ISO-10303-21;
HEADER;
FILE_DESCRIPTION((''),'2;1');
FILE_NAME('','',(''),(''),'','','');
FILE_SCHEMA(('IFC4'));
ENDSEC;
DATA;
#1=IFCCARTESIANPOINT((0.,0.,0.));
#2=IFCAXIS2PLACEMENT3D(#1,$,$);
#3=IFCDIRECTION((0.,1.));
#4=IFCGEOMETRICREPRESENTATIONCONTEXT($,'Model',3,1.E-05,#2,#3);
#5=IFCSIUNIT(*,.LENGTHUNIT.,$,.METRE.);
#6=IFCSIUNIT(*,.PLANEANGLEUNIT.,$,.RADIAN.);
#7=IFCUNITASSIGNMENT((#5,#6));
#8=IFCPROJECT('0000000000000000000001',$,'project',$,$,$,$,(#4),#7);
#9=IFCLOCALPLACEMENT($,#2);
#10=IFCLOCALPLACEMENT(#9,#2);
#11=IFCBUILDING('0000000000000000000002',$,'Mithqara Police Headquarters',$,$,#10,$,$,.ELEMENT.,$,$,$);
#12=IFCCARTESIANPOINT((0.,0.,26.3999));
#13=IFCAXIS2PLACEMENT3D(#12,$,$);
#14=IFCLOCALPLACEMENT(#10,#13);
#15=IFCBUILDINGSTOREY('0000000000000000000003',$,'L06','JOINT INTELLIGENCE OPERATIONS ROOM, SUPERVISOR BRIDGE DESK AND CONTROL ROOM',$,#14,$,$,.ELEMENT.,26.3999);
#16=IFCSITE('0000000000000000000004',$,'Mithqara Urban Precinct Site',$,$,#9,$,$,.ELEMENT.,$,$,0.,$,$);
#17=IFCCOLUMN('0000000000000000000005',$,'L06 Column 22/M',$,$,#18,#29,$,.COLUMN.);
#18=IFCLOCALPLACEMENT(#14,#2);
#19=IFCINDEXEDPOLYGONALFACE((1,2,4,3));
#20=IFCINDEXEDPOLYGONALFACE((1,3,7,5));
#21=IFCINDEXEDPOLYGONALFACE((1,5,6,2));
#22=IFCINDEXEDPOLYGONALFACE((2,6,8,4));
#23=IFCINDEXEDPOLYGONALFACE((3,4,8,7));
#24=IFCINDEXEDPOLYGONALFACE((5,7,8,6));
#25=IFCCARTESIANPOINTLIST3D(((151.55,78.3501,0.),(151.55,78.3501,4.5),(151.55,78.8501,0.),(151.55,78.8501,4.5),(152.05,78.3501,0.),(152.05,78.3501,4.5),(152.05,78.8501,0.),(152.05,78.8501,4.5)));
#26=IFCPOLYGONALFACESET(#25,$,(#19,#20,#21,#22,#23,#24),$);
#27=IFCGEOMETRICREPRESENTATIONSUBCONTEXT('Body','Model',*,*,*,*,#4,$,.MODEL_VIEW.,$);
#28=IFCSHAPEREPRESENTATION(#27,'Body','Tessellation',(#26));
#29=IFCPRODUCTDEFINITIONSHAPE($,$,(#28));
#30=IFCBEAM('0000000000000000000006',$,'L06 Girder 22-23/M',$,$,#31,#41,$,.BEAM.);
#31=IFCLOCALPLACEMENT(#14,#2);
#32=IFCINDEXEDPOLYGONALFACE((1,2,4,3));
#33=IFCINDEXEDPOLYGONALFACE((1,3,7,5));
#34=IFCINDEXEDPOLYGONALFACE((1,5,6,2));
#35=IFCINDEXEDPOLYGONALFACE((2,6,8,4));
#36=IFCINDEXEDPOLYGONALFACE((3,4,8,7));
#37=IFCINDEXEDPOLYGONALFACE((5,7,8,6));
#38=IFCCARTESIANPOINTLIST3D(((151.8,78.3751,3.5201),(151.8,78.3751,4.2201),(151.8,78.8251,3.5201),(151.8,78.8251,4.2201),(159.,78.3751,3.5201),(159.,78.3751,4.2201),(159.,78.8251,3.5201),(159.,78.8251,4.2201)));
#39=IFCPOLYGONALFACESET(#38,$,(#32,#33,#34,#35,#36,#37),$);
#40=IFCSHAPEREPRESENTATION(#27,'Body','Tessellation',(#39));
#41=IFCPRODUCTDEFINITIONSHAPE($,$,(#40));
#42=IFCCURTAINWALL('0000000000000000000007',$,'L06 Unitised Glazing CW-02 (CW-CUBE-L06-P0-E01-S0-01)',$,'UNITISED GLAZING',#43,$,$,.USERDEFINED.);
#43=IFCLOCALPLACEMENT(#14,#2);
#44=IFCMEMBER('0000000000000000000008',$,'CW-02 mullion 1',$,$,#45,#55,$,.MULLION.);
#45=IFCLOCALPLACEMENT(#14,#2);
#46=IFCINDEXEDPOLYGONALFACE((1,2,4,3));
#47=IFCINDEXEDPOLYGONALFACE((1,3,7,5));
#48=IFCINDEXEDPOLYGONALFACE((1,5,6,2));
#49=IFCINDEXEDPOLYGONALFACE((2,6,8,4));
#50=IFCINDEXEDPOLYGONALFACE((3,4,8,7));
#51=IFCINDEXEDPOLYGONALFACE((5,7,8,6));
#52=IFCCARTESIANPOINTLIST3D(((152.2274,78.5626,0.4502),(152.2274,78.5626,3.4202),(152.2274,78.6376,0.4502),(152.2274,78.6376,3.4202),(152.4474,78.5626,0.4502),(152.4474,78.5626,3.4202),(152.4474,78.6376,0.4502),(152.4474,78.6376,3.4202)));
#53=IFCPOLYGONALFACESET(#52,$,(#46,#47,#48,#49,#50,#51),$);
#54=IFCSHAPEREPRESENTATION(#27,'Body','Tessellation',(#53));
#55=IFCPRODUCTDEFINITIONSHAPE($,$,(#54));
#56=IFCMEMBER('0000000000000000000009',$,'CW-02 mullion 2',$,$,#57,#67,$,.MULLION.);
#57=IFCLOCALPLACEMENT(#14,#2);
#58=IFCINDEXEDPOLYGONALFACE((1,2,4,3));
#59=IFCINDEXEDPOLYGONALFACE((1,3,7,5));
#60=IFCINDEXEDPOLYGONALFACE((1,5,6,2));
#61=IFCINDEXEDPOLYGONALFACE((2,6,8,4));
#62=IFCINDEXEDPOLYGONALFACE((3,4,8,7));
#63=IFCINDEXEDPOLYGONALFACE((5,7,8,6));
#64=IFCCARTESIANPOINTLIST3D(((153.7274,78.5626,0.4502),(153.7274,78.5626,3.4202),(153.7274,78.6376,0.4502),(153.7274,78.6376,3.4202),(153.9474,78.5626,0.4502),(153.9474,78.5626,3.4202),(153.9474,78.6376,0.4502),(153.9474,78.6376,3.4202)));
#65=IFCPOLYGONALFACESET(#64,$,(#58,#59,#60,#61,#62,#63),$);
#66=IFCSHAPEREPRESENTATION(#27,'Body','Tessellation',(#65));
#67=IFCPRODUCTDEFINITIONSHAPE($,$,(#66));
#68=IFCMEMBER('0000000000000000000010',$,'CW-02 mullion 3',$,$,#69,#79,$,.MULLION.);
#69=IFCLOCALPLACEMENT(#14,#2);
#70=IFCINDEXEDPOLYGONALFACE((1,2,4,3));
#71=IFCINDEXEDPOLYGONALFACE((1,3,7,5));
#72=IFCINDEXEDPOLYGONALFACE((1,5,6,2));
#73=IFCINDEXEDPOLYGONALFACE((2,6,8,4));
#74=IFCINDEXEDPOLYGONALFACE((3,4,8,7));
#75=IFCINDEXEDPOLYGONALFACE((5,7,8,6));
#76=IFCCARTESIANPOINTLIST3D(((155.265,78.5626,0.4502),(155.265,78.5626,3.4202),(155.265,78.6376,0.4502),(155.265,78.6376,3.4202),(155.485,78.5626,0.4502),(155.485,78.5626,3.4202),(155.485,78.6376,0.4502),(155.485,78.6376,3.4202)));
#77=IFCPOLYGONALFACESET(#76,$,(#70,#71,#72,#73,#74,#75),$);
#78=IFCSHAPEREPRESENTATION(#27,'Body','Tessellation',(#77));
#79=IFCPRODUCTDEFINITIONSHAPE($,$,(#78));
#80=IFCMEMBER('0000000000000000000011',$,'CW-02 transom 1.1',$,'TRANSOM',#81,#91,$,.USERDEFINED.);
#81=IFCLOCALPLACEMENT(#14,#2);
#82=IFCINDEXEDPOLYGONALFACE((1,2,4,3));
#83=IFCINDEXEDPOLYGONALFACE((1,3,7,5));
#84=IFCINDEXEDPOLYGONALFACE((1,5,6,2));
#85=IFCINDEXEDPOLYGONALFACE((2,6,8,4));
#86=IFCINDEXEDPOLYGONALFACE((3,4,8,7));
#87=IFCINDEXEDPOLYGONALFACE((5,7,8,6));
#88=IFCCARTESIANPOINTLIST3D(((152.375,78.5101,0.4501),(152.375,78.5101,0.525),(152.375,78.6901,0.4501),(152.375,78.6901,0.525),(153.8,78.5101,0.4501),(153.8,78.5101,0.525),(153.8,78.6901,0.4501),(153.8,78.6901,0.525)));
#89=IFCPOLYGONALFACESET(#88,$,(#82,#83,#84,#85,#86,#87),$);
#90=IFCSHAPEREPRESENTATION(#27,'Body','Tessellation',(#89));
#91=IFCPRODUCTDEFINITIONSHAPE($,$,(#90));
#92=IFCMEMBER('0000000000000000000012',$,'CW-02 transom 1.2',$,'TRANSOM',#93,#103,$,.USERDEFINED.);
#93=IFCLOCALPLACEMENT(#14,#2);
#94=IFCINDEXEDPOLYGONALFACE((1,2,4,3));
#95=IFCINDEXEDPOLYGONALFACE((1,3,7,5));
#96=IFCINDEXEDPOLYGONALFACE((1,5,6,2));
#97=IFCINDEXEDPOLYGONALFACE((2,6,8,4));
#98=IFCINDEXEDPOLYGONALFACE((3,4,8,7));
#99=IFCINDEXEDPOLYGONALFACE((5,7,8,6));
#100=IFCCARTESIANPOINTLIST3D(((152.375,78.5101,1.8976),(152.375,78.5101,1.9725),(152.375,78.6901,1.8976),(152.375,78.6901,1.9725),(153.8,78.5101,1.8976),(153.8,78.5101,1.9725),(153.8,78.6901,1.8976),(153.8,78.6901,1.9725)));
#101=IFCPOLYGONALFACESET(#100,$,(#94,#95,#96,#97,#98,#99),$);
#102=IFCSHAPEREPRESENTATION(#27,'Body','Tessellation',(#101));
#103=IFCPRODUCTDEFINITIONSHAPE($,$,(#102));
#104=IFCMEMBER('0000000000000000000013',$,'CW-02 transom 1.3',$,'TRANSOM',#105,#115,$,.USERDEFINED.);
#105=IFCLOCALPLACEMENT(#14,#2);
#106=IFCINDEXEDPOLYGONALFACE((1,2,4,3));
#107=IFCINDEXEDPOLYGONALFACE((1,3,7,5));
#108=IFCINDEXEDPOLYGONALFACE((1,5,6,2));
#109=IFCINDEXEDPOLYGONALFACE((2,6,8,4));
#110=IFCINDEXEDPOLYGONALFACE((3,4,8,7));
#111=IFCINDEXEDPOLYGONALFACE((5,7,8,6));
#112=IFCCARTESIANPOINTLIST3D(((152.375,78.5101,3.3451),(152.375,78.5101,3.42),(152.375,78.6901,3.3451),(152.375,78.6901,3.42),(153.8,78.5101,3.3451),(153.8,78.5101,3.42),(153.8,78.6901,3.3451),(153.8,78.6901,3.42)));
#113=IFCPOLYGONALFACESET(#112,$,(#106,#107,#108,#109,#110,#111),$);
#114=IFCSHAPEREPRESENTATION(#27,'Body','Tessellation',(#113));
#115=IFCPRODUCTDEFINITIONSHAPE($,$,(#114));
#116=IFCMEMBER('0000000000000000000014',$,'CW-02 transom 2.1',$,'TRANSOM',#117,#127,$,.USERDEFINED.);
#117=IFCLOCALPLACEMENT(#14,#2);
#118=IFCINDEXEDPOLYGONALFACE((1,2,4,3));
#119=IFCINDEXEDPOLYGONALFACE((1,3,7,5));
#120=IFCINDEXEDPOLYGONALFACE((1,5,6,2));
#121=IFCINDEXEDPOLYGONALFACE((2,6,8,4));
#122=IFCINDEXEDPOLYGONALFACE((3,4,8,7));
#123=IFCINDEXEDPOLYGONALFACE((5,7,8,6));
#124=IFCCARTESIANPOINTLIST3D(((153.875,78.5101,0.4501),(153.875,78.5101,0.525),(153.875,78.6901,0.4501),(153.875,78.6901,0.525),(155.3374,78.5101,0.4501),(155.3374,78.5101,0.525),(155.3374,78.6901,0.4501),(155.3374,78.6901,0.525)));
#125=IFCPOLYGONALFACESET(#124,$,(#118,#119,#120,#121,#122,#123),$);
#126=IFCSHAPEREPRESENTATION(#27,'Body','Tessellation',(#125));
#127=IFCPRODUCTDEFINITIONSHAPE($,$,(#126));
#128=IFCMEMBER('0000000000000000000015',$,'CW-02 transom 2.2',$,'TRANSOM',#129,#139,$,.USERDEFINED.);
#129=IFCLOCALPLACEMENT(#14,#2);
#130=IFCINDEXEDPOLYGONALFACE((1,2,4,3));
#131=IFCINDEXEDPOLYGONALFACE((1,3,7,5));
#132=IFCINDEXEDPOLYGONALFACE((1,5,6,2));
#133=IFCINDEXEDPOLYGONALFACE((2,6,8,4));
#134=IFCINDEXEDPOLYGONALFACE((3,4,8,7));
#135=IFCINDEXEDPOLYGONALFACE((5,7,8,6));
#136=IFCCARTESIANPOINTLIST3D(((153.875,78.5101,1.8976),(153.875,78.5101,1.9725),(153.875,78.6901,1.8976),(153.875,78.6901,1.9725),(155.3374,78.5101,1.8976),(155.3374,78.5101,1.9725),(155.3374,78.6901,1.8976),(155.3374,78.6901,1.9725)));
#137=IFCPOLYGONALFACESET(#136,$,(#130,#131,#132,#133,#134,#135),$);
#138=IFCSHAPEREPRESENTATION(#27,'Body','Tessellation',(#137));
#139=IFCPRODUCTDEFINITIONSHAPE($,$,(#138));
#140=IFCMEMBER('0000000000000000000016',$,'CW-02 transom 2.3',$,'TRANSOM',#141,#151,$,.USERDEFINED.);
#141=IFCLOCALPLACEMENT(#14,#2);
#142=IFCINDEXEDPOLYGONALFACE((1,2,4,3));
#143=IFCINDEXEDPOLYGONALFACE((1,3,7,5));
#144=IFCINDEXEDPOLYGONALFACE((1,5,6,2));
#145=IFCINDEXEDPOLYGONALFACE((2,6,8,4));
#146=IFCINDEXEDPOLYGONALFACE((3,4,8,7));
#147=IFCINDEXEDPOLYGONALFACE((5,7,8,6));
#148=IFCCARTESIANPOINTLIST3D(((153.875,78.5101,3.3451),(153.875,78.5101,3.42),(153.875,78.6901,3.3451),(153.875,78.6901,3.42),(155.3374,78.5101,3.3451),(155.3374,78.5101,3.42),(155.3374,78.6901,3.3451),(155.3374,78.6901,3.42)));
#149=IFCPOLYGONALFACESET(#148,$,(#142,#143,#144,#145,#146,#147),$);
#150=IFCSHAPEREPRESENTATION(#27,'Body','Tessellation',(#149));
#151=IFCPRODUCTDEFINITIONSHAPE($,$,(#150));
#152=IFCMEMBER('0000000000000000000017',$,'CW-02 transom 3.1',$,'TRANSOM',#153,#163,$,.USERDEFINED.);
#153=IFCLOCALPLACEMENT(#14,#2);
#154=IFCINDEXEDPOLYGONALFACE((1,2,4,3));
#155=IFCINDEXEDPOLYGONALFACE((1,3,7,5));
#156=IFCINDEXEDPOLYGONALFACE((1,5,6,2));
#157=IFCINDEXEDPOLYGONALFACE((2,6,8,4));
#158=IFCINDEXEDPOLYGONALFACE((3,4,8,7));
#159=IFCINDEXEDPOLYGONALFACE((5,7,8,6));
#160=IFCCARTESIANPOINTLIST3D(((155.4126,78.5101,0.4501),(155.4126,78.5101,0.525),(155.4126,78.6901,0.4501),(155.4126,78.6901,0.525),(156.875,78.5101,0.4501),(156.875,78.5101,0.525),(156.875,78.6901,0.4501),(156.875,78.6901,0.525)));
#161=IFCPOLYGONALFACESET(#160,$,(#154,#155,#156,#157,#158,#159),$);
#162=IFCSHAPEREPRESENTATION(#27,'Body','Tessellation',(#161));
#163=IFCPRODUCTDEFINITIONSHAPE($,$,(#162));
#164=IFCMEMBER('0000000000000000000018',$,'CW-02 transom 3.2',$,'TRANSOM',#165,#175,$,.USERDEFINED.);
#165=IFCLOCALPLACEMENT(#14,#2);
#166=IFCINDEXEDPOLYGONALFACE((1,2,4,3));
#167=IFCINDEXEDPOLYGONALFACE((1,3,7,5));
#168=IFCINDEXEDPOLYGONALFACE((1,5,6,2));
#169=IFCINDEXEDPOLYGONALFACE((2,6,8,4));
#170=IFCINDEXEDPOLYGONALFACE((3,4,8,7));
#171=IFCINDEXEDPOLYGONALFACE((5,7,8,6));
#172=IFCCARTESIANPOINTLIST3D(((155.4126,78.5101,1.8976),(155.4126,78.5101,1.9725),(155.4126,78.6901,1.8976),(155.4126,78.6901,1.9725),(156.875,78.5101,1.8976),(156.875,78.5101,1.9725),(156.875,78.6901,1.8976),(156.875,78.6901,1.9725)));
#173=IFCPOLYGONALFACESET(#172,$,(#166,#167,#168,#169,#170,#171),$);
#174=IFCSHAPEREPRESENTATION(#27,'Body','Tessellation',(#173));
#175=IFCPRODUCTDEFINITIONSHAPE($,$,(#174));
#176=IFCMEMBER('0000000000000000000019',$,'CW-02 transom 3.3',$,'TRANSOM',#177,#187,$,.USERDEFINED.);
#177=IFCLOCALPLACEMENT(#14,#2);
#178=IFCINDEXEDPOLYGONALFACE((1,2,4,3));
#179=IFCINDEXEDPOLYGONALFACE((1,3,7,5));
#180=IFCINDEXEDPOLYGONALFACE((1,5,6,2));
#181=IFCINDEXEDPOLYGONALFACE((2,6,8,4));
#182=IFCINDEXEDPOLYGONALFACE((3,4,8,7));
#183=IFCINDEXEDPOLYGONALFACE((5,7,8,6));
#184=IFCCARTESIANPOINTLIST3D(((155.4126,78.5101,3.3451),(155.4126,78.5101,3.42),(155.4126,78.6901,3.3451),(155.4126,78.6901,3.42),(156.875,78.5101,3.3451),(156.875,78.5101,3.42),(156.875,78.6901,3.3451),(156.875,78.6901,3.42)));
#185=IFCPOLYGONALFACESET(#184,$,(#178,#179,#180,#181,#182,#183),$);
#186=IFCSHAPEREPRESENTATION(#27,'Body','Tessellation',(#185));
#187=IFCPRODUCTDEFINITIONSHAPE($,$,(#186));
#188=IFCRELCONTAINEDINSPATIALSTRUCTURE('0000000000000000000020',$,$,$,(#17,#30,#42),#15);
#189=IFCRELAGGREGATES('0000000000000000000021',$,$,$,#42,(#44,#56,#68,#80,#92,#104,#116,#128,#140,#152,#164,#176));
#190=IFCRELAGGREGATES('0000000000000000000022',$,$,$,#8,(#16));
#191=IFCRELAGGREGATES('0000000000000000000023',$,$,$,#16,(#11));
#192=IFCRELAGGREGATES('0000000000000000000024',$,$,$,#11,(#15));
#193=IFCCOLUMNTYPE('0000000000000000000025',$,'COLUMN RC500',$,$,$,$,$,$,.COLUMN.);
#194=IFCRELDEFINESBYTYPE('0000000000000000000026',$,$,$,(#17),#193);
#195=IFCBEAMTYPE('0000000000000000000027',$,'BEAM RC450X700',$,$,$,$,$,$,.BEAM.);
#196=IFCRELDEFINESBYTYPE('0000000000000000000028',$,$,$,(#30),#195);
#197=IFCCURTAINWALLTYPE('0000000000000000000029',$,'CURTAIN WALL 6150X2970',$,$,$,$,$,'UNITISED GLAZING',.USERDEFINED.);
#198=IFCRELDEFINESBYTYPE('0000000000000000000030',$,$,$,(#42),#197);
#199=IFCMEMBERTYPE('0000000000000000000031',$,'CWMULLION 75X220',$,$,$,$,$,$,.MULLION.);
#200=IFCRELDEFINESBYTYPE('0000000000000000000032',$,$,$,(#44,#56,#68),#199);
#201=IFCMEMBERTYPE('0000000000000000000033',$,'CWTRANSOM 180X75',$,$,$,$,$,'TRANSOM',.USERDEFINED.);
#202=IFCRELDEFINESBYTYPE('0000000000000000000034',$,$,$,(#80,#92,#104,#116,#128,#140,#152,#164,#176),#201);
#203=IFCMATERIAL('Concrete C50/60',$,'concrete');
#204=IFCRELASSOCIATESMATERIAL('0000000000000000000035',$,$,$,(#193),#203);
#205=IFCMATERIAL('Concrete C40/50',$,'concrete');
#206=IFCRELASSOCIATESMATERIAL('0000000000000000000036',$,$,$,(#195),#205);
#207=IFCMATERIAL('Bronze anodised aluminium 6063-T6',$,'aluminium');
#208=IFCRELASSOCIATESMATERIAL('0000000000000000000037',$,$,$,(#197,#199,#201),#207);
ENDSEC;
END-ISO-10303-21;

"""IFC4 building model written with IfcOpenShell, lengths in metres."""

from ifc_helpers import new_model, si_unit, direction, frame, origin, origin_2d, place, context, subcontext, project, spatial, rectangle, extrude, material, material_profile, profile_set, type_object, element, aggregate, save


model = new_model("IFC4")

# Units and contexts
model_context = context("Model", 3, precision=1e-05, world=origin(), true_north=direction((0.0, 1.0)))
body_context = subcontext(model_context, "Body", "Model", "MODEL_VIEW")
ifc_project = project(units=[si_unit("LENGTHUNIT", "METRE"), si_unit("PLANEANGLEUNIT", "RADIAN")], contexts=[model_context])

# Site, building, storey
site_placement = place(None, origin())
site = spatial("IfcSite", under=ifc_project, at=site_placement, Name="Mithqara Urban Precinct Site", CompositionType="ELEMENT", RefElevation=0.0)
building_placement = place(site_placement, origin())
building = spatial("IfcBuilding", under=site, at=building_placement, Name="Mithqara Police Headquarters", CompositionType="ELEMENT")
storey_placement = place(building_placement, frame((0.0, 0.0, 26.3999)))
storey = spatial("IfcBuildingStorey", under=building, at=storey_placement, Name="L06", Description="JOINT INTELLIGENCE OPERATIONS ROOM, SUPERVISOR BRIDGE DESK AND CONTROL ROOM", CompositionType="ELEMENT", Elevation=26.3999)

# Column
ifc_material_1 = material(Name="Concrete C50/60", Category="concrete")
ifc_material_profile_1 = material_profile(ifc_material_1, rectangle(XDim=0.5, YDim=0.5, at=origin_2d()), Name="RC 500x500")
ifc_profile_set_1 = profile_set([ifc_material_profile_1], Name="Concrete C50/60")
column_type = type_object("IfcColumnType", Name="COLUMN RC500", PredefinedType="COLUMN", material=ifc_profile_set_1)
column_placement = place(storey_placement, frame((151.8, 78.6001, 0.0), z_axis=(0.0, 0.0, 1.0), x_axis=(1.0, 0.0, 0.0)))
element("IfcColumn", 1, at=column_placement, inside=storey, type_object=column_type, Name="L06 Column 22/M", PredefinedType="COLUMN", context=body_context, shape_type="SweptSolid", body=[
    extrude(rectangle(XDim=0.5, YDim=0.5, at=origin_2d()), origin(), (0.0, 0.0, 1.0), 4.5),
])

# Beam
ifc_material_2 = material(Name="Concrete C40/50", Category="concrete")
ifc_material_profile_2 = material_profile(ifc_material_2, rectangle(XDim=0.45, YDim=0.7, at=origin_2d()), Name="RC 450x700")
ifc_profile_set_2 = profile_set([ifc_material_profile_2], Name="Concrete C40/50")
beam_type = type_object("IfcBeamType", Name="BEAM RC450X700", PredefinedType="BEAM", material=ifc_profile_set_2)
beam_placement = place(storey_placement, frame((151.8, 78.6001, 3.8701), z_axis=(1.0, 0.0, 0.0), x_axis=(0.0, 1.0, 0.0)))
element("IfcBeam", 2, at=beam_placement, inside=storey, type_object=beam_type, Name="L06 Girder 22-23/M", PredefinedType="BEAM", context=body_context, shape_type="SweptSolid", body=[
    extrude(rectangle(XDim=0.45, YDim=0.7, at=origin_2d()), origin(), (0.0, 0.0, 1.0), 7.2),
])

# Curtain wall, members
ifc_material_3 = material(Name="Bronze anodised aluminium 6063-T6", Category="aluminium")
curtain_wall_type = type_object("IfcCurtainWallType", Name="CURTAIN WALL 6150X2970", ElementType="UNITISED GLAZING", PredefinedType="USERDEFINED", material=ifc_material_3)
curtain_wall_placement = place(storey_placement, origin())
curtain_wall = element("IfcCurtainWall", 3, at=curtain_wall_placement, inside=storey, type_object=curtain_wall_type, Name="L06 Unitised Glazing CW-02 (CW-CUBE-L06-P0-E01-S0-01)", ObjectType="UNITISED GLAZING", PredefinedType="USERDEFINED")
ifc_material_profile_3 = material_profile(ifc_material_3, rectangle(XDim=0.075, YDim=0.22, at=origin_2d()), Name="CWM 75x220")
ifc_profile_set_3 = profile_set([ifc_material_profile_3], Name="Bronze anodised aluminium 6063-T6")
member_type_1 = type_object("IfcMemberType", Name="CWMULLION 75X220", PredefinedType="MULLION", material=ifc_profile_set_3)
member_1_placement = place(storey_placement, frame((152.3374, 78.6001, 0.4502), z_axis=(0.0, 0.0, 1.0), x_axis=(0.0, 1.0, 0.0)))
member_1 = element("IfcMember", 4, at=member_1_placement, type_object=member_type_1, Name="CW-02 mullion 1", PredefinedType="MULLION", context=body_context, shape_type="SweptSolid", body=[
    extrude(rectangle(XDim=0.075, YDim=0.22, at=origin_2d()), origin(), (0.0, 0.0, 1.0), 2.97),
])
member_2_placement = place(storey_placement, frame((153.8374, 78.6001, 0.4502), z_axis=(0.0, 0.0, 1.0), x_axis=(0.0, 1.0, 0.0)))
member_2 = element("IfcMember", 5, at=member_2_placement, type_object=member_type_1, Name="CW-02 mullion 2", PredefinedType="MULLION", context=body_context, shape_type="SweptSolid", body=[
    extrude(rectangle(XDim=0.075, YDim=0.22, at=origin_2d()), origin(), (0.0, 0.0, 1.0), 2.97),
])
member_3_placement = place(storey_placement, frame((155.375, 78.6001, 0.4502), z_axis=(0.0, 0.0, 1.0), x_axis=(0.0, 1.0, 0.0)))
member_3 = element("IfcMember", 6, at=member_3_placement, type_object=member_type_1, Name="CW-02 mullion 3", PredefinedType="MULLION", context=body_context, shape_type="SweptSolid", body=[
    extrude(rectangle(XDim=0.075, YDim=0.22, at=origin_2d()), origin(), (0.0, 0.0, 1.0), 2.97),
])
ifc_material_profile_4 = material_profile(ifc_material_3, rectangle(XDim=0.1799, YDim=0.075, at=origin_2d()), Name="CWT 180x75")
ifc_profile_set_4 = profile_set([ifc_material_profile_4], Name="Bronze anodised aluminium 6063-T6")
member_type_2 = type_object("IfcMemberType", Name="CWTRANSOM 180X75", ElementType="TRANSOM", PredefinedType="USERDEFINED", material=ifc_profile_set_4)
member_4_placement = place(storey_placement, frame((152.375, 78.6001, 0.4875), z_axis=(1.0, 0.0, 0.0), x_axis=(0.0, 1.0, 0.0)))
member_4 = element("IfcMember", 7, at=member_4_placement, type_object=member_type_2, Name="CW-02 transom 1.1", ObjectType="TRANSOM", PredefinedType="USERDEFINED", context=body_context, shape_type="SweptSolid", body=[
    extrude(rectangle(XDim=0.1799, YDim=0.075, at=origin_2d()), origin(), (0.0, 0.0, 1.0), 1.425),
])
member_5_placement = place(storey_placement, frame((152.375, 78.6001, 1.9351), z_axis=(1.0, 0.0, 0.0), x_axis=(0.0, 1.0, 0.0)))
member_5 = element("IfcMember", 8, at=member_5_placement, type_object=member_type_2, Name="CW-02 transom 1.2", ObjectType="TRANSOM", PredefinedType="USERDEFINED", context=body_context, shape_type="SweptSolid", body=[
    extrude(rectangle(XDim=0.1799, YDim=0.075, at=origin_2d()), origin(), (0.0, 0.0, 1.0), 1.425),
])
member_6_placement = place(storey_placement, frame((152.375, 78.6001, 3.3826), z_axis=(1.0, 0.0, 0.0), x_axis=(0.0, 1.0, 0.0)))
member_6 = element("IfcMember", 9, at=member_6_placement, type_object=member_type_2, Name="CW-02 transom 1.3", ObjectType="TRANSOM", PredefinedType="USERDEFINED", context=body_context, shape_type="SweptSolid", body=[
    extrude(rectangle(XDim=0.1799, YDim=0.075, at=origin_2d()), origin(), (0.0, 0.0, 1.0), 1.425),
])
member_7_placement = place(storey_placement, frame((153.875, 78.6001, 0.4875), z_axis=(1.0, 0.0, 0.0), x_axis=(0.0, 1.0, 0.0)))
member_7 = element("IfcMember", 10, at=member_7_placement, type_object=member_type_2, Name="CW-02 transom 2.1", ObjectType="TRANSOM", PredefinedType="USERDEFINED", context=body_context, shape_type="SweptSolid", body=[
    extrude(rectangle(XDim=0.1799, YDim=0.075, at=origin_2d()), origin(), (0.0, 0.0, 1.0), 1.4624),
])
member_8_placement = place(storey_placement, frame((153.875, 78.6001, 1.9351), z_axis=(1.0, 0.0, 0.0), x_axis=(0.0, 1.0, 0.0)))
member_8 = element("IfcMember", 11, at=member_8_placement, type_object=member_type_2, Name="CW-02 transom 2.2", ObjectType="TRANSOM", PredefinedType="USERDEFINED", context=body_context, shape_type="SweptSolid", body=[
    extrude(rectangle(XDim=0.1799, YDim=0.075, at=origin_2d()), origin(), (0.0, 0.0, 1.0), 1.4624),
])
member_9_placement = place(storey_placement, frame((153.875, 78.6001, 3.3826), z_axis=(1.0, 0.0, 0.0), x_axis=(0.0, 1.0, 0.0)))
member_9 = element("IfcMember", 12, at=member_9_placement, type_object=member_type_2, Name="CW-02 transom 2.3", ObjectType="TRANSOM", PredefinedType="USERDEFINED", context=body_context, shape_type="SweptSolid", body=[
    extrude(rectangle(XDim=0.1799, YDim=0.075, at=origin_2d()), origin(), (0.0, 0.0, 1.0), 1.4624),
])
member_10_placement = place(storey_placement, frame((155.4126, 78.6001, 0.4875), z_axis=(1.0, 0.0, 0.0), x_axis=(0.0, 1.0, 0.0)))
member_10 = element("IfcMember", 13, at=member_10_placement, type_object=member_type_2, Name="CW-02 transom 3.1", ObjectType="TRANSOM", PredefinedType="USERDEFINED", context=body_context, shape_type="SweptSolid", body=[
    extrude(rectangle(XDim=0.1799, YDim=0.075, at=origin_2d()), origin(), (0.0, 0.0, 1.0), 1.4624),
])
member_11_placement = place(storey_placement, frame((155.4126, 78.6001, 1.9351), z_axis=(1.0, 0.0, 0.0), x_axis=(0.0, 1.0, 0.0)))
member_11 = element("IfcMember", 14, at=member_11_placement, type_object=member_type_2, Name="CW-02 transom 3.2", ObjectType="TRANSOM", PredefinedType="USERDEFINED", context=body_context, shape_type="SweptSolid", body=[
    extrude(rectangle(XDim=0.1799, YDim=0.075, at=origin_2d()), origin(), (0.0, 0.0, 1.0), 1.4624),
])
member_12_placement = place(storey_placement, frame((155.4126, 78.6001, 3.3826), z_axis=(1.0, 0.0, 0.0), x_axis=(0.0, 1.0, 0.0)))
member_12 = element("IfcMember", 15, at=member_12_placement, type_object=member_type_2, Name="CW-02 transom 3.3", ObjectType="TRANSOM", PredefinedType="USERDEFINED", context=body_context, shape_type="SweptSolid", body=[
    extrude(rectangle(XDim=0.1799, YDim=0.075, at=origin_2d()), origin(), (0.0, 0.0, 1.0), 1.4624),
])
aggregate(curtain_wall, [member_1, member_2, member_3, member_4, member_5, member_6, member_7, member_8, member_9, member_10, member_11, member_12])

save(model, "model.ifc")
